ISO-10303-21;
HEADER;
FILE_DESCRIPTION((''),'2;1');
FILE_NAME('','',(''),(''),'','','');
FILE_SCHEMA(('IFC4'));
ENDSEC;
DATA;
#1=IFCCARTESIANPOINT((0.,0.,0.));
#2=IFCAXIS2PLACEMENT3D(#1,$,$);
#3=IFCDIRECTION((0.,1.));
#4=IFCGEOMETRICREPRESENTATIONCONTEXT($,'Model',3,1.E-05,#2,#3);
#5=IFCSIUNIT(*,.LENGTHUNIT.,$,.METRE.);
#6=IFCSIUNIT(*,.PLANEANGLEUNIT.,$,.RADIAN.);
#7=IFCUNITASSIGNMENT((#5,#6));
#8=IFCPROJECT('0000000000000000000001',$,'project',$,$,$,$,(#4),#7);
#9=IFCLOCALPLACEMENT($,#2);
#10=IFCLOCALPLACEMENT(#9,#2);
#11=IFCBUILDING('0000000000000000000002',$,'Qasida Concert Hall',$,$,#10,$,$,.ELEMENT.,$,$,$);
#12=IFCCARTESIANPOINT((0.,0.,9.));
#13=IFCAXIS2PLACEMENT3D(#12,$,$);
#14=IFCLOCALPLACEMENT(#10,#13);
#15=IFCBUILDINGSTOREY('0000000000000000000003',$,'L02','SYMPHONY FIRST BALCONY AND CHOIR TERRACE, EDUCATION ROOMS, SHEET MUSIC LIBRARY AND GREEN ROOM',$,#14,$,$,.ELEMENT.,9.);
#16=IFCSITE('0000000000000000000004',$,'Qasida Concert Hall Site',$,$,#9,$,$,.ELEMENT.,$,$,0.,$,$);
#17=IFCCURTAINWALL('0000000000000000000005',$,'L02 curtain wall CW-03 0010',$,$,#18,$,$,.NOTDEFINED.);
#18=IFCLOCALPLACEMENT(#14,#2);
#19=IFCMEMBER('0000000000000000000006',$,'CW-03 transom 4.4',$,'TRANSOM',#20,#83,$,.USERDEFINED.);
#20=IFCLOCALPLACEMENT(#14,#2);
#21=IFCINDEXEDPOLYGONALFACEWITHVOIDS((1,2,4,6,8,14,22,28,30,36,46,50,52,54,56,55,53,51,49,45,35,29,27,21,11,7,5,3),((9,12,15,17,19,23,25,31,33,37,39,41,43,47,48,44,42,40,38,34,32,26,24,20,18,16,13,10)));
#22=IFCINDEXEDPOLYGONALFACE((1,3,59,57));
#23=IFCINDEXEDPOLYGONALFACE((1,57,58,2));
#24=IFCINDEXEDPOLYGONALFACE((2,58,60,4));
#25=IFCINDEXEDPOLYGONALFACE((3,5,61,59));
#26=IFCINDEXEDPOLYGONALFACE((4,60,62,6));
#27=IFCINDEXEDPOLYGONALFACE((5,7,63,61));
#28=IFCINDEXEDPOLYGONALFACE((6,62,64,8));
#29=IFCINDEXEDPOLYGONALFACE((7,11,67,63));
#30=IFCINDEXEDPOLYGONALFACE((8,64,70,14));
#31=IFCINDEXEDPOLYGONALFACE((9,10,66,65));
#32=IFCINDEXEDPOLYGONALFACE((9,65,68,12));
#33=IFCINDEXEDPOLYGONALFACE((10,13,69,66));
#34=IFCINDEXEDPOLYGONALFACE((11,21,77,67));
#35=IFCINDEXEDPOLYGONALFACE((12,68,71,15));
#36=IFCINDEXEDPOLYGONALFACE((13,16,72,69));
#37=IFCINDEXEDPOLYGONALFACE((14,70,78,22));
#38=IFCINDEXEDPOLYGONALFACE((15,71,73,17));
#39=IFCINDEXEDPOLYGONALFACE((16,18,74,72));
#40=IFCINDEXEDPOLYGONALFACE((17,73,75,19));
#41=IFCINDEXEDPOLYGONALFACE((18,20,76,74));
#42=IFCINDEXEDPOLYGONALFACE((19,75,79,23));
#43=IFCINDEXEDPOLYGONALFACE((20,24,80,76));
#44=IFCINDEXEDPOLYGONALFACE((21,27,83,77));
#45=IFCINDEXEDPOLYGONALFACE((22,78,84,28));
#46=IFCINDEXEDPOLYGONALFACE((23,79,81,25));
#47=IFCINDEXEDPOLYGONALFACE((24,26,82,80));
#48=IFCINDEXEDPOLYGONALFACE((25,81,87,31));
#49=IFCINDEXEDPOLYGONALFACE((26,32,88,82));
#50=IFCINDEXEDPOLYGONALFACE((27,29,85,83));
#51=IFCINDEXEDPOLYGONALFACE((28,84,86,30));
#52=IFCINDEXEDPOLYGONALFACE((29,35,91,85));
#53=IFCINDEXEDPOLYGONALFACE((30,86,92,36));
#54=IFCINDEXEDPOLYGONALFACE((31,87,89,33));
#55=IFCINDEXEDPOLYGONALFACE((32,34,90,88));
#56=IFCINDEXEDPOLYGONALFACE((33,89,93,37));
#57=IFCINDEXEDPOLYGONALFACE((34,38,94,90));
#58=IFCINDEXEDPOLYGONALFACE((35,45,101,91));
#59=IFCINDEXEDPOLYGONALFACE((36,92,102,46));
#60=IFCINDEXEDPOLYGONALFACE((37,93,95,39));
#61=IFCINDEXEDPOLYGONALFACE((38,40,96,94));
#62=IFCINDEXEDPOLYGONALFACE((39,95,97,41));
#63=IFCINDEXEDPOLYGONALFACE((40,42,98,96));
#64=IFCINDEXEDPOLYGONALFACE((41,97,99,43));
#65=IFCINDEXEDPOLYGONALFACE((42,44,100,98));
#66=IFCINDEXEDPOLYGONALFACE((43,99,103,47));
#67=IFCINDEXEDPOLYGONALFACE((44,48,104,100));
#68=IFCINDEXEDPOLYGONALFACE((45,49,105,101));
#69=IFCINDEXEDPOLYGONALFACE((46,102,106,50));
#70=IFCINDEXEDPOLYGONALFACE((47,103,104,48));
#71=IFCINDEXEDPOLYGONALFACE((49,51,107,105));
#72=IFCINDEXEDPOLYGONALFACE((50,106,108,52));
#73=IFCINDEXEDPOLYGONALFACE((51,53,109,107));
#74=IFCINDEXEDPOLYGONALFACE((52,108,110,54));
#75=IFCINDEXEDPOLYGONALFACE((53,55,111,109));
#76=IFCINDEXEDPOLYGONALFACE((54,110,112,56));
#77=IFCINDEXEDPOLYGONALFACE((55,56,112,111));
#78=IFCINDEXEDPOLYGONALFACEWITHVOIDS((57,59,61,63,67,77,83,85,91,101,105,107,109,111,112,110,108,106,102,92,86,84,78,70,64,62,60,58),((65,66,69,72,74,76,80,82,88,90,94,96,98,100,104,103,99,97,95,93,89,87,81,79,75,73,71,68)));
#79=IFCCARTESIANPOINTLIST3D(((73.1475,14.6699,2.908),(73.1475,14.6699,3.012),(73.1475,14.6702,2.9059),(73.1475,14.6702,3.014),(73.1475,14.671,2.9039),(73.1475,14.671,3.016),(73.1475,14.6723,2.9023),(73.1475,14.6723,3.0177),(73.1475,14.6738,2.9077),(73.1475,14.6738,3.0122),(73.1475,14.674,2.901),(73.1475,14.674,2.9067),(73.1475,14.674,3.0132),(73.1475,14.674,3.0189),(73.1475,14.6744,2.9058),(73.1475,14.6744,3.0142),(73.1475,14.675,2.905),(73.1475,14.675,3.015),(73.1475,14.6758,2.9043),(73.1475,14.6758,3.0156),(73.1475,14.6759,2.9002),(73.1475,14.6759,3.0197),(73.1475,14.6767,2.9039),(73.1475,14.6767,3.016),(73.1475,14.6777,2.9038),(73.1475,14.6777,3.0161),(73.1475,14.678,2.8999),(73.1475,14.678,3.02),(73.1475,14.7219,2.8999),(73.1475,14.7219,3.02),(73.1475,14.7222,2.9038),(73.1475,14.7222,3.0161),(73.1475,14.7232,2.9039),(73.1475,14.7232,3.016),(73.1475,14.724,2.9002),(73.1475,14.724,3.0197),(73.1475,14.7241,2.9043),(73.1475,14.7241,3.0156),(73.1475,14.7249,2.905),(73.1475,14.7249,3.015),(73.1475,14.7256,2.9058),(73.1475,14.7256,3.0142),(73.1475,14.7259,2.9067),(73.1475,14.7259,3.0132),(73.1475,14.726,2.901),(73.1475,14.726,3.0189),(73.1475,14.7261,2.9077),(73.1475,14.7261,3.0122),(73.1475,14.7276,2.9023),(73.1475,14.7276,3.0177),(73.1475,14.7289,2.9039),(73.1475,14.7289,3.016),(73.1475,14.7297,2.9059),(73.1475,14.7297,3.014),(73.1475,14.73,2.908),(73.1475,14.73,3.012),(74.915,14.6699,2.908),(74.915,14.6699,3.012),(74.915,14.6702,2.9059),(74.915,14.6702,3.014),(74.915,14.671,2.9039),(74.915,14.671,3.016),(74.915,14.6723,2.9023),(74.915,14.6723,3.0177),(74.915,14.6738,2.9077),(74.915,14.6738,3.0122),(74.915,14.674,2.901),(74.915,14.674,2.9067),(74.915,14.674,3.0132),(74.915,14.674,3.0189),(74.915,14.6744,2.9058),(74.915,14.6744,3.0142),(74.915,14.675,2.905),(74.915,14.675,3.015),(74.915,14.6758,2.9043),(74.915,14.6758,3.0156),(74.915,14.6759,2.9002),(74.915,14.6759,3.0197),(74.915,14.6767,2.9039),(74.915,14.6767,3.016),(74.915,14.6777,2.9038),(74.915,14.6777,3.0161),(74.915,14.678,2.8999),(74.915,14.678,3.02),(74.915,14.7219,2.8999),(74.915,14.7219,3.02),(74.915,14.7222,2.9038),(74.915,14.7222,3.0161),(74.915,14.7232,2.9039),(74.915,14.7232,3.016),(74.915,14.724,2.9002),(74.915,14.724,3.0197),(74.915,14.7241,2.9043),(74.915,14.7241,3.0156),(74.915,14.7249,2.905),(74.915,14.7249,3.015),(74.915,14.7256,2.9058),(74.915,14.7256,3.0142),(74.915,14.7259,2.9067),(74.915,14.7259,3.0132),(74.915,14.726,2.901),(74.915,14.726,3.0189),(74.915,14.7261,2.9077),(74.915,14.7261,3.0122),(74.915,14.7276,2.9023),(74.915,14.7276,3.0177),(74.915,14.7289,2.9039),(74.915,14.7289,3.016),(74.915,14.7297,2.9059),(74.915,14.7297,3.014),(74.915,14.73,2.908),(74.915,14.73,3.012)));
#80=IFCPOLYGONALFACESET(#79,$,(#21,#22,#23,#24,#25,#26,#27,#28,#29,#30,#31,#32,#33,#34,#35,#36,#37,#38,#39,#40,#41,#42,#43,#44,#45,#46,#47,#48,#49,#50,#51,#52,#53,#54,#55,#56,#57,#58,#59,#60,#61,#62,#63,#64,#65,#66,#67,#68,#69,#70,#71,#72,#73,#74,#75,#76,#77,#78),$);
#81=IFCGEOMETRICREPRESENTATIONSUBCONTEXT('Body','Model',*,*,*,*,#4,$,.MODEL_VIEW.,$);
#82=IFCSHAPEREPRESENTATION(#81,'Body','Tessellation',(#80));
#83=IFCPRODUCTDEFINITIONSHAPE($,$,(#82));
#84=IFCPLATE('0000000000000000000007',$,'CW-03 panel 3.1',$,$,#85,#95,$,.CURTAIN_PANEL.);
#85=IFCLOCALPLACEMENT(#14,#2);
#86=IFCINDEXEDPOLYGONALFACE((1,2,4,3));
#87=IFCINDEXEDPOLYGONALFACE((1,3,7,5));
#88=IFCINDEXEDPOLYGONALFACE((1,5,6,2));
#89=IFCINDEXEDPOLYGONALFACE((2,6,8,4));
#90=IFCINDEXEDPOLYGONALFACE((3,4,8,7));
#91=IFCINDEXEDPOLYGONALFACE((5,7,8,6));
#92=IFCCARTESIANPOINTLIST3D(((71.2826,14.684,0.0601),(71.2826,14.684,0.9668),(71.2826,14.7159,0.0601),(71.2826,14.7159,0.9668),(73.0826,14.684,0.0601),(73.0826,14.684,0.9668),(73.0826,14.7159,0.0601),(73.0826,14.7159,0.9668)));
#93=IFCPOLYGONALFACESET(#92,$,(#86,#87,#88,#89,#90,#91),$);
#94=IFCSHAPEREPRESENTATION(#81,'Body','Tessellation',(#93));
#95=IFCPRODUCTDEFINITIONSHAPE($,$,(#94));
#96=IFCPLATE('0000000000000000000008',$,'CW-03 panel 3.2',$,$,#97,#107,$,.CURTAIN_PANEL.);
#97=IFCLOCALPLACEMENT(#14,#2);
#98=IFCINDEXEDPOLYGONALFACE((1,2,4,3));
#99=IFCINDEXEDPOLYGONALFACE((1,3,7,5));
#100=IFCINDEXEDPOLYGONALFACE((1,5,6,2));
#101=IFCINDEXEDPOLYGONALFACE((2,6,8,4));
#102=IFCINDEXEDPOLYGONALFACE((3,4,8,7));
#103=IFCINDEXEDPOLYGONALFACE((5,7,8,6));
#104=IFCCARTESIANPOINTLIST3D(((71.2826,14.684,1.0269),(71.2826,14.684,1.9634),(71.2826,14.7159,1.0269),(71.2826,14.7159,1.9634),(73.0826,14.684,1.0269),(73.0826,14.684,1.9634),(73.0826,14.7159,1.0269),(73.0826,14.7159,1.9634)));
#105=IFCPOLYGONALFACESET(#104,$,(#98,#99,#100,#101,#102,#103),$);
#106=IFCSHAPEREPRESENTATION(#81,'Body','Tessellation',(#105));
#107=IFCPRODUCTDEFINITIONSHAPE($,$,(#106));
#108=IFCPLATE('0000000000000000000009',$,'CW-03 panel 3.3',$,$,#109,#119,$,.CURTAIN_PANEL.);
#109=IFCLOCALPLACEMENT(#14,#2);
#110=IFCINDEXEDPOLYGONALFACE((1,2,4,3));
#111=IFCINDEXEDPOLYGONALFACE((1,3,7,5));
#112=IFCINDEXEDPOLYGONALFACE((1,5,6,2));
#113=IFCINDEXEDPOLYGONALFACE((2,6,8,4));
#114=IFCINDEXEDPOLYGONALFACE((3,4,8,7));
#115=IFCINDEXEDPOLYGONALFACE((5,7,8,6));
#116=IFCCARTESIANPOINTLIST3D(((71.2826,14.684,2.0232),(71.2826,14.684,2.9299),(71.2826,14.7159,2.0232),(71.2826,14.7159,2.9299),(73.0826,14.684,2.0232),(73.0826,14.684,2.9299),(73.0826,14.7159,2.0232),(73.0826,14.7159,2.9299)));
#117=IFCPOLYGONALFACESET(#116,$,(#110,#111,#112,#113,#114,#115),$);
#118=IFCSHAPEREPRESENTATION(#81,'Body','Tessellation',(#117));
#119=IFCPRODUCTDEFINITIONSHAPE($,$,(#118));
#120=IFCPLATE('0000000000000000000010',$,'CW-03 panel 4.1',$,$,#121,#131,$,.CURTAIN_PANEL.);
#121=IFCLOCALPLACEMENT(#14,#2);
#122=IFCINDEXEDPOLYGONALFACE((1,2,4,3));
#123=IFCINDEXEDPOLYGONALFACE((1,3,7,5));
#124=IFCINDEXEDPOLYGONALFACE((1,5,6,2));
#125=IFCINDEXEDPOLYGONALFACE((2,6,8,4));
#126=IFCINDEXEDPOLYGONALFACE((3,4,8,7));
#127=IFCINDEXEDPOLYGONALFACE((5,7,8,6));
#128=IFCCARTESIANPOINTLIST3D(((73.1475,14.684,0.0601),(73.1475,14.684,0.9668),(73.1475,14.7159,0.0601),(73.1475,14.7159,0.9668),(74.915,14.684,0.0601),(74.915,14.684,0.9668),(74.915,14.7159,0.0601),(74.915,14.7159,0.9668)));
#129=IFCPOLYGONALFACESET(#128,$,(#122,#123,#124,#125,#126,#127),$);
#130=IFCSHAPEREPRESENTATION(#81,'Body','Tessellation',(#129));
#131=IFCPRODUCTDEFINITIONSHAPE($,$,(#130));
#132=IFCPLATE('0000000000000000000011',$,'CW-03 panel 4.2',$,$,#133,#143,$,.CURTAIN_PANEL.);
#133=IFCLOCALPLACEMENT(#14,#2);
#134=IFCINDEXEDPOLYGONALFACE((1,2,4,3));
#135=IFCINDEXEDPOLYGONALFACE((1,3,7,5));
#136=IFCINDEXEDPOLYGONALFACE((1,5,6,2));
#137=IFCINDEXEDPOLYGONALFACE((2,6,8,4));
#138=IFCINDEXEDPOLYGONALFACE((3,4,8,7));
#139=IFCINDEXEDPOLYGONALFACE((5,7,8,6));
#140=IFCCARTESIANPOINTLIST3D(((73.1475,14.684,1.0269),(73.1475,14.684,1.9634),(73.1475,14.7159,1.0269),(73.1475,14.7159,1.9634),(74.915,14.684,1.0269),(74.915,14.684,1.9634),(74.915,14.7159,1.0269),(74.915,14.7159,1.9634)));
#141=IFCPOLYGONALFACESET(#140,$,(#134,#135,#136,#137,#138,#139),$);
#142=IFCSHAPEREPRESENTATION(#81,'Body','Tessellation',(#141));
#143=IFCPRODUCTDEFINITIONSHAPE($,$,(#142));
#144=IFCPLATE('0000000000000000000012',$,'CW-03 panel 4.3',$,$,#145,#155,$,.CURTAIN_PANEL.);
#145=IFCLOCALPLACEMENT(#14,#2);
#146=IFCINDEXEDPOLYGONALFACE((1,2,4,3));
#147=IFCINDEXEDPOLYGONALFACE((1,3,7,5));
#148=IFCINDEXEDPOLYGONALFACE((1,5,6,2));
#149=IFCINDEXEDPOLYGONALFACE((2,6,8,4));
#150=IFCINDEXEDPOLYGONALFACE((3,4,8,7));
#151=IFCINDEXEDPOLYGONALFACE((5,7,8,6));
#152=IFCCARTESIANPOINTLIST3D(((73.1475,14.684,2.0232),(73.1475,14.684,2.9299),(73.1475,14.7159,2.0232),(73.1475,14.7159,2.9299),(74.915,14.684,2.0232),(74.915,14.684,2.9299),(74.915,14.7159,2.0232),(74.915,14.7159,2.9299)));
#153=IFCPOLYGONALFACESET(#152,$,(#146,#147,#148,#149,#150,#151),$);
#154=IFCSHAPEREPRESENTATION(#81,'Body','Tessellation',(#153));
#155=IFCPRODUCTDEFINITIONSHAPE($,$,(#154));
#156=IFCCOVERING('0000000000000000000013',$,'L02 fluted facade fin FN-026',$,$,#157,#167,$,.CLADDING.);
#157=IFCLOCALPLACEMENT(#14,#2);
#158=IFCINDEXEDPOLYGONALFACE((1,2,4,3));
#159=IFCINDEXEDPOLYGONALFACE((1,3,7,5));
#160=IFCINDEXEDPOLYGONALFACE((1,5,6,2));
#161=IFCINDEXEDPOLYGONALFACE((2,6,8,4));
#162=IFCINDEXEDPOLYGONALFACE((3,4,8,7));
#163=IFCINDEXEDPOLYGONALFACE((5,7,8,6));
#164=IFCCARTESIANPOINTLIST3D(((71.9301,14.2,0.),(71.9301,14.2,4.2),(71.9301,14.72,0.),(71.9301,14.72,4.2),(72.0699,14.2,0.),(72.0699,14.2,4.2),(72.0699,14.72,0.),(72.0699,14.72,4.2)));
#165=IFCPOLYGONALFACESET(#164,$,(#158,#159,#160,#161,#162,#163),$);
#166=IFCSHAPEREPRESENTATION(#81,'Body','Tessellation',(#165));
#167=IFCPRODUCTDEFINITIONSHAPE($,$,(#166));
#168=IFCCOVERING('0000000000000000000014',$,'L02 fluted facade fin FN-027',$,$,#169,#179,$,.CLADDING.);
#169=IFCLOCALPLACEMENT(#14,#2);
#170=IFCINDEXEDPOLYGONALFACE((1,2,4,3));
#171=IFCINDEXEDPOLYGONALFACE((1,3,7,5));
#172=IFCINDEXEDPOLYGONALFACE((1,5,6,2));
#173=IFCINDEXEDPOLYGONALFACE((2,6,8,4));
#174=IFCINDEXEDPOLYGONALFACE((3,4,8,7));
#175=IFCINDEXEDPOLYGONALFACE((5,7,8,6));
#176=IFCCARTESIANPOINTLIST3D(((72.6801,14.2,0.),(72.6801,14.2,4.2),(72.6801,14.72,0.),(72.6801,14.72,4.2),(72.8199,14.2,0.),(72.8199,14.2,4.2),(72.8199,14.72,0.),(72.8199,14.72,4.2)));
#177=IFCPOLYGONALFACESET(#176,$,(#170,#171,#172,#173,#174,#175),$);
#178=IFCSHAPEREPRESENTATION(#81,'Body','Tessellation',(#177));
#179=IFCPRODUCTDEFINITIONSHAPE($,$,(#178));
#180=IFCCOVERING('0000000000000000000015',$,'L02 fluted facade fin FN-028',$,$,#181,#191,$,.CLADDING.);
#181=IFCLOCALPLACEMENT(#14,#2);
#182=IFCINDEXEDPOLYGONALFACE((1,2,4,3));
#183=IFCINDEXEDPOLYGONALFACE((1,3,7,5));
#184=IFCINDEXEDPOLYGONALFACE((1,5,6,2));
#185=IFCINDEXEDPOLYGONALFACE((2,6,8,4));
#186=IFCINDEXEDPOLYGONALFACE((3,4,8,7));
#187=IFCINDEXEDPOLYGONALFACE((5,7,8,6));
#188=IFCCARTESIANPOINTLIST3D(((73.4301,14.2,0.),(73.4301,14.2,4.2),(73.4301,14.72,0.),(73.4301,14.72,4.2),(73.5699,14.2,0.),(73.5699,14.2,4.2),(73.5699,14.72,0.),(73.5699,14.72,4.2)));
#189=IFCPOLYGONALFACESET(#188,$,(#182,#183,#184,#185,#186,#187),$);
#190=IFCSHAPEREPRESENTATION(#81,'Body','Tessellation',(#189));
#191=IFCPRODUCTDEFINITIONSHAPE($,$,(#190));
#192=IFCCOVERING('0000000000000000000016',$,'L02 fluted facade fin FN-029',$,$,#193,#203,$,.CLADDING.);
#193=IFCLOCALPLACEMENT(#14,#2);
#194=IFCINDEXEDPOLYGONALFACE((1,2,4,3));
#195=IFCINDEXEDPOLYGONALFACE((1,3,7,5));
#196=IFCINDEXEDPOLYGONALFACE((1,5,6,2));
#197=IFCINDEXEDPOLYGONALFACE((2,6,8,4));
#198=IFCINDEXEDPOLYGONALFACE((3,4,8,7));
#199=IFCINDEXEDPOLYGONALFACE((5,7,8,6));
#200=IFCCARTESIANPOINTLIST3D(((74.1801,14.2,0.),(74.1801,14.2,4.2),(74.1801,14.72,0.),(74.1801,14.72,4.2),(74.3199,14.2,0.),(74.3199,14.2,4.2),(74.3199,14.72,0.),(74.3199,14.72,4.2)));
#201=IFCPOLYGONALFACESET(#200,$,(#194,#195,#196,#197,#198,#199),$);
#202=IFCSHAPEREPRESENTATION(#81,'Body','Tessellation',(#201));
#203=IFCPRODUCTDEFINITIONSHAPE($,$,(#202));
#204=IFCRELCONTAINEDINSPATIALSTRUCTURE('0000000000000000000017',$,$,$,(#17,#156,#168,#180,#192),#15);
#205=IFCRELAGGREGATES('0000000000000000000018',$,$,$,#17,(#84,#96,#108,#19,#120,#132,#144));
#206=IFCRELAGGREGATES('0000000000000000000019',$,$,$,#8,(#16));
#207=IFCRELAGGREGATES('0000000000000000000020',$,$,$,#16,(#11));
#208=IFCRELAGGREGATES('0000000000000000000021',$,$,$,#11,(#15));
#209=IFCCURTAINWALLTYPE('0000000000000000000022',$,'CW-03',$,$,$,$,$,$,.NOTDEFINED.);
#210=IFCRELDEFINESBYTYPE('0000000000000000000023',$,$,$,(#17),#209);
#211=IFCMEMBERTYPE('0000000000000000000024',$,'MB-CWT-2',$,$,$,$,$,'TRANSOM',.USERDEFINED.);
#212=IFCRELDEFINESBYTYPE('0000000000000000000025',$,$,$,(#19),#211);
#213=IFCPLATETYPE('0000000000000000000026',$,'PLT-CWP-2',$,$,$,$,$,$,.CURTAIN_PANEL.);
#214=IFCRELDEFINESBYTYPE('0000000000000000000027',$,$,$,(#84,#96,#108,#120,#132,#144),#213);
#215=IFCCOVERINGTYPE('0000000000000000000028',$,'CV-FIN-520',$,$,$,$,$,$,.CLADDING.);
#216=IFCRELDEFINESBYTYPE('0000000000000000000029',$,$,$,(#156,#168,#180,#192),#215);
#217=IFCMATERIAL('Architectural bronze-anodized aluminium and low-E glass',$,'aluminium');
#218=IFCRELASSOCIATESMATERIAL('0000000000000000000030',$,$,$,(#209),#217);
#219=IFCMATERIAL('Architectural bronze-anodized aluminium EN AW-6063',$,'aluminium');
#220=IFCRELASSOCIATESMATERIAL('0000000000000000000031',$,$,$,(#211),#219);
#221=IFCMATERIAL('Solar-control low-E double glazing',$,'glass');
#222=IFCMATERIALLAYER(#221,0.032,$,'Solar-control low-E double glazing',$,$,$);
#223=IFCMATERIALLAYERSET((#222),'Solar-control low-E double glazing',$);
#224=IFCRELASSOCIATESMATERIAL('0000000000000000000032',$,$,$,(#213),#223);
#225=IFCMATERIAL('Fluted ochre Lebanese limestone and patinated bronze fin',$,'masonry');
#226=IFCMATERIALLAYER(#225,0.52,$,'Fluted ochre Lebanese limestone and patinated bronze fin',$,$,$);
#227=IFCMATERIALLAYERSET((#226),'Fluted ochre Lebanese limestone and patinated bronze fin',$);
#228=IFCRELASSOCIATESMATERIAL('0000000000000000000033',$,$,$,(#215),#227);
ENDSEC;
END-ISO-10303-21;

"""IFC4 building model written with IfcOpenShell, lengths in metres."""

from ifc_helpers import new_model, si_unit, direction, frame, origin, origin_2d, place, context, subcontext, project, spatial, rectangle, hollow_rectangle, extrude, material, layer, layer_set, material_profile, profile_set, type_object, element, aggregate, save


model = new_model("IFC4")

# Units and contexts
model_context = context("Model", 3, precision=1e-05, world=origin(), true_north=direction((0.0, 1.0)))
body_context = subcontext(model_context, "Body", "Model", "MODEL_VIEW")
ifc_project = project(units=[si_unit("LENGTHUNIT", "METRE"), si_unit("PLANEANGLEUNIT", "RADIAN")], contexts=[model_context])

# Site, building, storey
site_placement = place(None, origin())
site = spatial("IfcSite", under=ifc_project, at=site_placement, Name="Qasida Concert Hall Site", CompositionType="ELEMENT", RefElevation=0.0)
building_placement = place(site_placement, origin())
building = spatial("IfcBuilding", under=site, at=building_placement, Name="Qasida Concert Hall", CompositionType="ELEMENT")
storey_placement = place(building_placement, frame((0.0, 0.0, 9.0)))
storey = spatial("IfcBuildingStorey", under=building, at=storey_placement, Name="L02", Description="SYMPHONY FIRST BALCONY AND CHOIR TERRACE, EDUCATION ROOMS, SHEET MUSIC LIBRARY AND GREEN ROOM", CompositionType="ELEMENT", Elevation=9.0)

# Curtain wall, member, plates
ifc_material_1 = material(Name="Architectural bronze-anodized aluminium and low-E glass", Category="aluminium")
curtain_wall_type = type_object("IfcCurtainWallType", Name="CW-03", PredefinedType="NOTDEFINED", material=ifc_material_1)
curtain_wall_placement = place(storey_placement, origin())
curtain_wall = element("IfcCurtainWall", 1, at=curtain_wall_placement, inside=storey, type_object=curtain_wall_type, Name="L02 curtain wall CW-03 0010", PredefinedType="NOTDEFINED")
ifc_material_2 = material(Name="Architectural bronze-anodized aluminium EN AW-6063", Category="aluminium")
ifc_material_profile_1 = material_profile(ifc_material_2, hollow_rectangle(XDim=0.0601, YDim=0.1201, WallThickness=0.0039, InnerFilletRadius=0.0039, OuterFilletRadius=0.0081, at=origin_2d()), Name="CWT 120x60x4")
ifc_profile_set_1 = profile_set([ifc_material_profile_1], Name="Architectural bronze-anodized aluminium EN AW-6063")
member_type_1 = type_object("IfcMemberType", Name="MB-CWT-2", ElementType="TRANSOM", PredefinedType="USERDEFINED", material=ifc_profile_set_1)
member_1_placement = place(storey_placement, frame((73.1475, 14.7, 2.96), z_axis=(1.0, 0.0, 0.0), x_axis=(0.0, 1.0, 0.0)))
member_1 = element("IfcMember", 2, at=member_1_placement, type_object=member_type_1, Name="CW-03 transom 4.4", ObjectType="TRANSOM", PredefinedType="USERDEFINED", context=body_context, shape_type="SweptSolid", body=[
    extrude(hollow_rectangle(XDim=0.0601, YDim=0.1201, WallThickness=0.0039, InnerFilletRadius=0.0039, OuterFilletRadius=0.0081, at=origin_2d()), origin(), (0.0, 0.0, 1.0), 1.7676),
])
ifc_material_3 = material(Name="Solar-control low-E double glazing", Category="glass")
ifc_layer_1 = layer(ifc_material_3, 0.032, Name="Solar-control low-E double glazing")
ifc_layer_set_1 = layer_set([ifc_layer_1], Name="Solar-control low-E double glazing")
plate_type = type_object("IfcPlateType", Name="PLT-CWP-2", PredefinedType="CURTAIN_PANEL", material=ifc_layer_set_1)
plate_1_placement = place(storey_placement, frame((72.1826, 14.7, 0.0601), z_axis=(0.0, 0.0, 1.0), x_axis=(1.0, 0.0, 0.0)))
plate_1 = element("IfcPlate", 3, at=plate_1_placement, type_object=plate_type, Name="CW-03 panel 3.1", PredefinedType="CURTAIN_PANEL", context=body_context, shape_type="SweptSolid", body=[
    extrude(rectangle(XDim=1.8, YDim=0.032, at=origin_2d()), origin(), (0.0, 0.0, 1.0), 0.9067),
])
plate_2_placement = place(storey_placement, frame((72.1826, 14.7, 1.0269), z_axis=(0.0, 0.0, 1.0), x_axis=(1.0, 0.0, 0.0)))
plate_2 = element("IfcPlate", 4, at=plate_2_placement, type_object=plate_type, Name="CW-03 panel 3.2", PredefinedType="CURTAIN_PANEL", context=body_context, shape_type="SweptSolid", body=[
    extrude(rectangle(XDim=1.8, YDim=0.032, at=origin_2d()), origin(), (0.0, 0.0, 1.0), 0.9365),
])
plate_3_placement = place(storey_placement, frame((72.1826, 14.7, 2.0232), z_axis=(0.0, 0.0, 1.0), x_axis=(1.0, 0.0, 0.0)))
plate_3 = element("IfcPlate", 5, at=plate_3_placement, type_object=plate_type, Name="CW-03 panel 3.3", PredefinedType="CURTAIN_PANEL", context=body_context, shape_type="SweptSolid", body=[
    extrude(rectangle(XDim=1.8, YDim=0.032, at=origin_2d()), origin(), (0.0, 0.0, 1.0), 0.9067),
])
plate_4_placement = place(storey_placement, frame((74.0312, 14.7, 0.0601), z_axis=(0.0, 0.0, 1.0), x_axis=(1.0, 0.0, 0.0)))
plate_4 = element("IfcPlate", 6, at=plate_4_placement, type_object=plate_type, Name="CW-03 panel 4.1", PredefinedType="CURTAIN_PANEL", context=body_context, shape_type="SweptSolid", body=[
    extrude(rectangle(XDim=1.7676, YDim=0.032, at=origin_2d()), origin(), (0.0, 0.0, 1.0), 0.9067),
])
plate_5_placement = place(storey_placement, frame((74.0312, 14.7, 1.0269), z_axis=(0.0, 0.0, 1.0), x_axis=(1.0, 0.0, 0.0)))
plate_5 = element("IfcPlate", 7, at=plate_5_placement, type_object=plate_type, Name="CW-03 panel 4.2", PredefinedType="CURTAIN_PANEL", context=body_context, shape_type="SweptSolid", body=[
    extrude(rectangle(XDim=1.7676, YDim=0.032, at=origin_2d()), origin(), (0.0, 0.0, 1.0), 0.9365),
])
plate_6_placement = place(storey_placement, frame((74.0312, 14.7, 2.0232), z_axis=(0.0, 0.0, 1.0), x_axis=(1.0, 0.0, 0.0)))
plate_6 = element("IfcPlate", 8, at=plate_6_placement, type_object=plate_type, Name="CW-03 panel 4.3", PredefinedType="CURTAIN_PANEL", context=body_context, shape_type="SweptSolid", body=[
    extrude(rectangle(XDim=1.7676, YDim=0.032, at=origin_2d()), origin(), (0.0, 0.0, 1.0), 0.9067),
])
aggregate(curtain_wall, [plate_1, plate_2, plate_3, member_1, plate_4, plate_5, plate_6])

# Coverings
ifc_material_4 = material(Name="Fluted ochre Lebanese limestone and patinated bronze fin", Category="masonry")
ifc_layer_2 = layer(ifc_material_4, 0.52, Name="Fluted ochre Lebanese limestone and patinated bronze fin")
ifc_layer_set_2 = layer_set([ifc_layer_2], Name="Fluted ochre Lebanese limestone and patinated bronze fin")
covering_type = type_object("IfcCoveringType", Name="CV-FIN-520", PredefinedType="CLADDING", material=ifc_layer_set_2)
for number, where, z_axis, x_axis, name in (
    (9, (72.0, 14.46, 0.0), (0.0, 0.0, 1.0), (1.0, 0.0, 0.0), "L02 fluted facade fin FN-026"),
    (10, (72.75, 14.46, 0.0), (0.0, 0.0, 1.0), (1.0, 0.0, 0.0), "L02 fluted facade fin FN-027"),
    (11, (73.5, 14.46, 0.0), (0.0, 0.0, 1.0), (1.0, 0.0, 0.0), "L02 fluted facade fin FN-028"),
    (12, (74.25, 14.46, 0.0), (0.0, 0.0, 1.0), (1.0, 0.0, 0.0), "L02 fluted facade fin FN-029"),
):
    element("IfcCovering", number, at=place(storey_placement, frame(where, z_axis=z_axis, x_axis=x_axis)), inside=storey, type_object=covering_type, Name=name, PredefinedType="CLADDING", context=body_context, shape_type="SweptSolid", body=[
        extrude(rectangle(XDim=0.1399, YDim=0.52, at=origin_2d()), origin(), (0.0, 0.0, 1.0), 4.2),
    ])

save(model, "model.ifc")
